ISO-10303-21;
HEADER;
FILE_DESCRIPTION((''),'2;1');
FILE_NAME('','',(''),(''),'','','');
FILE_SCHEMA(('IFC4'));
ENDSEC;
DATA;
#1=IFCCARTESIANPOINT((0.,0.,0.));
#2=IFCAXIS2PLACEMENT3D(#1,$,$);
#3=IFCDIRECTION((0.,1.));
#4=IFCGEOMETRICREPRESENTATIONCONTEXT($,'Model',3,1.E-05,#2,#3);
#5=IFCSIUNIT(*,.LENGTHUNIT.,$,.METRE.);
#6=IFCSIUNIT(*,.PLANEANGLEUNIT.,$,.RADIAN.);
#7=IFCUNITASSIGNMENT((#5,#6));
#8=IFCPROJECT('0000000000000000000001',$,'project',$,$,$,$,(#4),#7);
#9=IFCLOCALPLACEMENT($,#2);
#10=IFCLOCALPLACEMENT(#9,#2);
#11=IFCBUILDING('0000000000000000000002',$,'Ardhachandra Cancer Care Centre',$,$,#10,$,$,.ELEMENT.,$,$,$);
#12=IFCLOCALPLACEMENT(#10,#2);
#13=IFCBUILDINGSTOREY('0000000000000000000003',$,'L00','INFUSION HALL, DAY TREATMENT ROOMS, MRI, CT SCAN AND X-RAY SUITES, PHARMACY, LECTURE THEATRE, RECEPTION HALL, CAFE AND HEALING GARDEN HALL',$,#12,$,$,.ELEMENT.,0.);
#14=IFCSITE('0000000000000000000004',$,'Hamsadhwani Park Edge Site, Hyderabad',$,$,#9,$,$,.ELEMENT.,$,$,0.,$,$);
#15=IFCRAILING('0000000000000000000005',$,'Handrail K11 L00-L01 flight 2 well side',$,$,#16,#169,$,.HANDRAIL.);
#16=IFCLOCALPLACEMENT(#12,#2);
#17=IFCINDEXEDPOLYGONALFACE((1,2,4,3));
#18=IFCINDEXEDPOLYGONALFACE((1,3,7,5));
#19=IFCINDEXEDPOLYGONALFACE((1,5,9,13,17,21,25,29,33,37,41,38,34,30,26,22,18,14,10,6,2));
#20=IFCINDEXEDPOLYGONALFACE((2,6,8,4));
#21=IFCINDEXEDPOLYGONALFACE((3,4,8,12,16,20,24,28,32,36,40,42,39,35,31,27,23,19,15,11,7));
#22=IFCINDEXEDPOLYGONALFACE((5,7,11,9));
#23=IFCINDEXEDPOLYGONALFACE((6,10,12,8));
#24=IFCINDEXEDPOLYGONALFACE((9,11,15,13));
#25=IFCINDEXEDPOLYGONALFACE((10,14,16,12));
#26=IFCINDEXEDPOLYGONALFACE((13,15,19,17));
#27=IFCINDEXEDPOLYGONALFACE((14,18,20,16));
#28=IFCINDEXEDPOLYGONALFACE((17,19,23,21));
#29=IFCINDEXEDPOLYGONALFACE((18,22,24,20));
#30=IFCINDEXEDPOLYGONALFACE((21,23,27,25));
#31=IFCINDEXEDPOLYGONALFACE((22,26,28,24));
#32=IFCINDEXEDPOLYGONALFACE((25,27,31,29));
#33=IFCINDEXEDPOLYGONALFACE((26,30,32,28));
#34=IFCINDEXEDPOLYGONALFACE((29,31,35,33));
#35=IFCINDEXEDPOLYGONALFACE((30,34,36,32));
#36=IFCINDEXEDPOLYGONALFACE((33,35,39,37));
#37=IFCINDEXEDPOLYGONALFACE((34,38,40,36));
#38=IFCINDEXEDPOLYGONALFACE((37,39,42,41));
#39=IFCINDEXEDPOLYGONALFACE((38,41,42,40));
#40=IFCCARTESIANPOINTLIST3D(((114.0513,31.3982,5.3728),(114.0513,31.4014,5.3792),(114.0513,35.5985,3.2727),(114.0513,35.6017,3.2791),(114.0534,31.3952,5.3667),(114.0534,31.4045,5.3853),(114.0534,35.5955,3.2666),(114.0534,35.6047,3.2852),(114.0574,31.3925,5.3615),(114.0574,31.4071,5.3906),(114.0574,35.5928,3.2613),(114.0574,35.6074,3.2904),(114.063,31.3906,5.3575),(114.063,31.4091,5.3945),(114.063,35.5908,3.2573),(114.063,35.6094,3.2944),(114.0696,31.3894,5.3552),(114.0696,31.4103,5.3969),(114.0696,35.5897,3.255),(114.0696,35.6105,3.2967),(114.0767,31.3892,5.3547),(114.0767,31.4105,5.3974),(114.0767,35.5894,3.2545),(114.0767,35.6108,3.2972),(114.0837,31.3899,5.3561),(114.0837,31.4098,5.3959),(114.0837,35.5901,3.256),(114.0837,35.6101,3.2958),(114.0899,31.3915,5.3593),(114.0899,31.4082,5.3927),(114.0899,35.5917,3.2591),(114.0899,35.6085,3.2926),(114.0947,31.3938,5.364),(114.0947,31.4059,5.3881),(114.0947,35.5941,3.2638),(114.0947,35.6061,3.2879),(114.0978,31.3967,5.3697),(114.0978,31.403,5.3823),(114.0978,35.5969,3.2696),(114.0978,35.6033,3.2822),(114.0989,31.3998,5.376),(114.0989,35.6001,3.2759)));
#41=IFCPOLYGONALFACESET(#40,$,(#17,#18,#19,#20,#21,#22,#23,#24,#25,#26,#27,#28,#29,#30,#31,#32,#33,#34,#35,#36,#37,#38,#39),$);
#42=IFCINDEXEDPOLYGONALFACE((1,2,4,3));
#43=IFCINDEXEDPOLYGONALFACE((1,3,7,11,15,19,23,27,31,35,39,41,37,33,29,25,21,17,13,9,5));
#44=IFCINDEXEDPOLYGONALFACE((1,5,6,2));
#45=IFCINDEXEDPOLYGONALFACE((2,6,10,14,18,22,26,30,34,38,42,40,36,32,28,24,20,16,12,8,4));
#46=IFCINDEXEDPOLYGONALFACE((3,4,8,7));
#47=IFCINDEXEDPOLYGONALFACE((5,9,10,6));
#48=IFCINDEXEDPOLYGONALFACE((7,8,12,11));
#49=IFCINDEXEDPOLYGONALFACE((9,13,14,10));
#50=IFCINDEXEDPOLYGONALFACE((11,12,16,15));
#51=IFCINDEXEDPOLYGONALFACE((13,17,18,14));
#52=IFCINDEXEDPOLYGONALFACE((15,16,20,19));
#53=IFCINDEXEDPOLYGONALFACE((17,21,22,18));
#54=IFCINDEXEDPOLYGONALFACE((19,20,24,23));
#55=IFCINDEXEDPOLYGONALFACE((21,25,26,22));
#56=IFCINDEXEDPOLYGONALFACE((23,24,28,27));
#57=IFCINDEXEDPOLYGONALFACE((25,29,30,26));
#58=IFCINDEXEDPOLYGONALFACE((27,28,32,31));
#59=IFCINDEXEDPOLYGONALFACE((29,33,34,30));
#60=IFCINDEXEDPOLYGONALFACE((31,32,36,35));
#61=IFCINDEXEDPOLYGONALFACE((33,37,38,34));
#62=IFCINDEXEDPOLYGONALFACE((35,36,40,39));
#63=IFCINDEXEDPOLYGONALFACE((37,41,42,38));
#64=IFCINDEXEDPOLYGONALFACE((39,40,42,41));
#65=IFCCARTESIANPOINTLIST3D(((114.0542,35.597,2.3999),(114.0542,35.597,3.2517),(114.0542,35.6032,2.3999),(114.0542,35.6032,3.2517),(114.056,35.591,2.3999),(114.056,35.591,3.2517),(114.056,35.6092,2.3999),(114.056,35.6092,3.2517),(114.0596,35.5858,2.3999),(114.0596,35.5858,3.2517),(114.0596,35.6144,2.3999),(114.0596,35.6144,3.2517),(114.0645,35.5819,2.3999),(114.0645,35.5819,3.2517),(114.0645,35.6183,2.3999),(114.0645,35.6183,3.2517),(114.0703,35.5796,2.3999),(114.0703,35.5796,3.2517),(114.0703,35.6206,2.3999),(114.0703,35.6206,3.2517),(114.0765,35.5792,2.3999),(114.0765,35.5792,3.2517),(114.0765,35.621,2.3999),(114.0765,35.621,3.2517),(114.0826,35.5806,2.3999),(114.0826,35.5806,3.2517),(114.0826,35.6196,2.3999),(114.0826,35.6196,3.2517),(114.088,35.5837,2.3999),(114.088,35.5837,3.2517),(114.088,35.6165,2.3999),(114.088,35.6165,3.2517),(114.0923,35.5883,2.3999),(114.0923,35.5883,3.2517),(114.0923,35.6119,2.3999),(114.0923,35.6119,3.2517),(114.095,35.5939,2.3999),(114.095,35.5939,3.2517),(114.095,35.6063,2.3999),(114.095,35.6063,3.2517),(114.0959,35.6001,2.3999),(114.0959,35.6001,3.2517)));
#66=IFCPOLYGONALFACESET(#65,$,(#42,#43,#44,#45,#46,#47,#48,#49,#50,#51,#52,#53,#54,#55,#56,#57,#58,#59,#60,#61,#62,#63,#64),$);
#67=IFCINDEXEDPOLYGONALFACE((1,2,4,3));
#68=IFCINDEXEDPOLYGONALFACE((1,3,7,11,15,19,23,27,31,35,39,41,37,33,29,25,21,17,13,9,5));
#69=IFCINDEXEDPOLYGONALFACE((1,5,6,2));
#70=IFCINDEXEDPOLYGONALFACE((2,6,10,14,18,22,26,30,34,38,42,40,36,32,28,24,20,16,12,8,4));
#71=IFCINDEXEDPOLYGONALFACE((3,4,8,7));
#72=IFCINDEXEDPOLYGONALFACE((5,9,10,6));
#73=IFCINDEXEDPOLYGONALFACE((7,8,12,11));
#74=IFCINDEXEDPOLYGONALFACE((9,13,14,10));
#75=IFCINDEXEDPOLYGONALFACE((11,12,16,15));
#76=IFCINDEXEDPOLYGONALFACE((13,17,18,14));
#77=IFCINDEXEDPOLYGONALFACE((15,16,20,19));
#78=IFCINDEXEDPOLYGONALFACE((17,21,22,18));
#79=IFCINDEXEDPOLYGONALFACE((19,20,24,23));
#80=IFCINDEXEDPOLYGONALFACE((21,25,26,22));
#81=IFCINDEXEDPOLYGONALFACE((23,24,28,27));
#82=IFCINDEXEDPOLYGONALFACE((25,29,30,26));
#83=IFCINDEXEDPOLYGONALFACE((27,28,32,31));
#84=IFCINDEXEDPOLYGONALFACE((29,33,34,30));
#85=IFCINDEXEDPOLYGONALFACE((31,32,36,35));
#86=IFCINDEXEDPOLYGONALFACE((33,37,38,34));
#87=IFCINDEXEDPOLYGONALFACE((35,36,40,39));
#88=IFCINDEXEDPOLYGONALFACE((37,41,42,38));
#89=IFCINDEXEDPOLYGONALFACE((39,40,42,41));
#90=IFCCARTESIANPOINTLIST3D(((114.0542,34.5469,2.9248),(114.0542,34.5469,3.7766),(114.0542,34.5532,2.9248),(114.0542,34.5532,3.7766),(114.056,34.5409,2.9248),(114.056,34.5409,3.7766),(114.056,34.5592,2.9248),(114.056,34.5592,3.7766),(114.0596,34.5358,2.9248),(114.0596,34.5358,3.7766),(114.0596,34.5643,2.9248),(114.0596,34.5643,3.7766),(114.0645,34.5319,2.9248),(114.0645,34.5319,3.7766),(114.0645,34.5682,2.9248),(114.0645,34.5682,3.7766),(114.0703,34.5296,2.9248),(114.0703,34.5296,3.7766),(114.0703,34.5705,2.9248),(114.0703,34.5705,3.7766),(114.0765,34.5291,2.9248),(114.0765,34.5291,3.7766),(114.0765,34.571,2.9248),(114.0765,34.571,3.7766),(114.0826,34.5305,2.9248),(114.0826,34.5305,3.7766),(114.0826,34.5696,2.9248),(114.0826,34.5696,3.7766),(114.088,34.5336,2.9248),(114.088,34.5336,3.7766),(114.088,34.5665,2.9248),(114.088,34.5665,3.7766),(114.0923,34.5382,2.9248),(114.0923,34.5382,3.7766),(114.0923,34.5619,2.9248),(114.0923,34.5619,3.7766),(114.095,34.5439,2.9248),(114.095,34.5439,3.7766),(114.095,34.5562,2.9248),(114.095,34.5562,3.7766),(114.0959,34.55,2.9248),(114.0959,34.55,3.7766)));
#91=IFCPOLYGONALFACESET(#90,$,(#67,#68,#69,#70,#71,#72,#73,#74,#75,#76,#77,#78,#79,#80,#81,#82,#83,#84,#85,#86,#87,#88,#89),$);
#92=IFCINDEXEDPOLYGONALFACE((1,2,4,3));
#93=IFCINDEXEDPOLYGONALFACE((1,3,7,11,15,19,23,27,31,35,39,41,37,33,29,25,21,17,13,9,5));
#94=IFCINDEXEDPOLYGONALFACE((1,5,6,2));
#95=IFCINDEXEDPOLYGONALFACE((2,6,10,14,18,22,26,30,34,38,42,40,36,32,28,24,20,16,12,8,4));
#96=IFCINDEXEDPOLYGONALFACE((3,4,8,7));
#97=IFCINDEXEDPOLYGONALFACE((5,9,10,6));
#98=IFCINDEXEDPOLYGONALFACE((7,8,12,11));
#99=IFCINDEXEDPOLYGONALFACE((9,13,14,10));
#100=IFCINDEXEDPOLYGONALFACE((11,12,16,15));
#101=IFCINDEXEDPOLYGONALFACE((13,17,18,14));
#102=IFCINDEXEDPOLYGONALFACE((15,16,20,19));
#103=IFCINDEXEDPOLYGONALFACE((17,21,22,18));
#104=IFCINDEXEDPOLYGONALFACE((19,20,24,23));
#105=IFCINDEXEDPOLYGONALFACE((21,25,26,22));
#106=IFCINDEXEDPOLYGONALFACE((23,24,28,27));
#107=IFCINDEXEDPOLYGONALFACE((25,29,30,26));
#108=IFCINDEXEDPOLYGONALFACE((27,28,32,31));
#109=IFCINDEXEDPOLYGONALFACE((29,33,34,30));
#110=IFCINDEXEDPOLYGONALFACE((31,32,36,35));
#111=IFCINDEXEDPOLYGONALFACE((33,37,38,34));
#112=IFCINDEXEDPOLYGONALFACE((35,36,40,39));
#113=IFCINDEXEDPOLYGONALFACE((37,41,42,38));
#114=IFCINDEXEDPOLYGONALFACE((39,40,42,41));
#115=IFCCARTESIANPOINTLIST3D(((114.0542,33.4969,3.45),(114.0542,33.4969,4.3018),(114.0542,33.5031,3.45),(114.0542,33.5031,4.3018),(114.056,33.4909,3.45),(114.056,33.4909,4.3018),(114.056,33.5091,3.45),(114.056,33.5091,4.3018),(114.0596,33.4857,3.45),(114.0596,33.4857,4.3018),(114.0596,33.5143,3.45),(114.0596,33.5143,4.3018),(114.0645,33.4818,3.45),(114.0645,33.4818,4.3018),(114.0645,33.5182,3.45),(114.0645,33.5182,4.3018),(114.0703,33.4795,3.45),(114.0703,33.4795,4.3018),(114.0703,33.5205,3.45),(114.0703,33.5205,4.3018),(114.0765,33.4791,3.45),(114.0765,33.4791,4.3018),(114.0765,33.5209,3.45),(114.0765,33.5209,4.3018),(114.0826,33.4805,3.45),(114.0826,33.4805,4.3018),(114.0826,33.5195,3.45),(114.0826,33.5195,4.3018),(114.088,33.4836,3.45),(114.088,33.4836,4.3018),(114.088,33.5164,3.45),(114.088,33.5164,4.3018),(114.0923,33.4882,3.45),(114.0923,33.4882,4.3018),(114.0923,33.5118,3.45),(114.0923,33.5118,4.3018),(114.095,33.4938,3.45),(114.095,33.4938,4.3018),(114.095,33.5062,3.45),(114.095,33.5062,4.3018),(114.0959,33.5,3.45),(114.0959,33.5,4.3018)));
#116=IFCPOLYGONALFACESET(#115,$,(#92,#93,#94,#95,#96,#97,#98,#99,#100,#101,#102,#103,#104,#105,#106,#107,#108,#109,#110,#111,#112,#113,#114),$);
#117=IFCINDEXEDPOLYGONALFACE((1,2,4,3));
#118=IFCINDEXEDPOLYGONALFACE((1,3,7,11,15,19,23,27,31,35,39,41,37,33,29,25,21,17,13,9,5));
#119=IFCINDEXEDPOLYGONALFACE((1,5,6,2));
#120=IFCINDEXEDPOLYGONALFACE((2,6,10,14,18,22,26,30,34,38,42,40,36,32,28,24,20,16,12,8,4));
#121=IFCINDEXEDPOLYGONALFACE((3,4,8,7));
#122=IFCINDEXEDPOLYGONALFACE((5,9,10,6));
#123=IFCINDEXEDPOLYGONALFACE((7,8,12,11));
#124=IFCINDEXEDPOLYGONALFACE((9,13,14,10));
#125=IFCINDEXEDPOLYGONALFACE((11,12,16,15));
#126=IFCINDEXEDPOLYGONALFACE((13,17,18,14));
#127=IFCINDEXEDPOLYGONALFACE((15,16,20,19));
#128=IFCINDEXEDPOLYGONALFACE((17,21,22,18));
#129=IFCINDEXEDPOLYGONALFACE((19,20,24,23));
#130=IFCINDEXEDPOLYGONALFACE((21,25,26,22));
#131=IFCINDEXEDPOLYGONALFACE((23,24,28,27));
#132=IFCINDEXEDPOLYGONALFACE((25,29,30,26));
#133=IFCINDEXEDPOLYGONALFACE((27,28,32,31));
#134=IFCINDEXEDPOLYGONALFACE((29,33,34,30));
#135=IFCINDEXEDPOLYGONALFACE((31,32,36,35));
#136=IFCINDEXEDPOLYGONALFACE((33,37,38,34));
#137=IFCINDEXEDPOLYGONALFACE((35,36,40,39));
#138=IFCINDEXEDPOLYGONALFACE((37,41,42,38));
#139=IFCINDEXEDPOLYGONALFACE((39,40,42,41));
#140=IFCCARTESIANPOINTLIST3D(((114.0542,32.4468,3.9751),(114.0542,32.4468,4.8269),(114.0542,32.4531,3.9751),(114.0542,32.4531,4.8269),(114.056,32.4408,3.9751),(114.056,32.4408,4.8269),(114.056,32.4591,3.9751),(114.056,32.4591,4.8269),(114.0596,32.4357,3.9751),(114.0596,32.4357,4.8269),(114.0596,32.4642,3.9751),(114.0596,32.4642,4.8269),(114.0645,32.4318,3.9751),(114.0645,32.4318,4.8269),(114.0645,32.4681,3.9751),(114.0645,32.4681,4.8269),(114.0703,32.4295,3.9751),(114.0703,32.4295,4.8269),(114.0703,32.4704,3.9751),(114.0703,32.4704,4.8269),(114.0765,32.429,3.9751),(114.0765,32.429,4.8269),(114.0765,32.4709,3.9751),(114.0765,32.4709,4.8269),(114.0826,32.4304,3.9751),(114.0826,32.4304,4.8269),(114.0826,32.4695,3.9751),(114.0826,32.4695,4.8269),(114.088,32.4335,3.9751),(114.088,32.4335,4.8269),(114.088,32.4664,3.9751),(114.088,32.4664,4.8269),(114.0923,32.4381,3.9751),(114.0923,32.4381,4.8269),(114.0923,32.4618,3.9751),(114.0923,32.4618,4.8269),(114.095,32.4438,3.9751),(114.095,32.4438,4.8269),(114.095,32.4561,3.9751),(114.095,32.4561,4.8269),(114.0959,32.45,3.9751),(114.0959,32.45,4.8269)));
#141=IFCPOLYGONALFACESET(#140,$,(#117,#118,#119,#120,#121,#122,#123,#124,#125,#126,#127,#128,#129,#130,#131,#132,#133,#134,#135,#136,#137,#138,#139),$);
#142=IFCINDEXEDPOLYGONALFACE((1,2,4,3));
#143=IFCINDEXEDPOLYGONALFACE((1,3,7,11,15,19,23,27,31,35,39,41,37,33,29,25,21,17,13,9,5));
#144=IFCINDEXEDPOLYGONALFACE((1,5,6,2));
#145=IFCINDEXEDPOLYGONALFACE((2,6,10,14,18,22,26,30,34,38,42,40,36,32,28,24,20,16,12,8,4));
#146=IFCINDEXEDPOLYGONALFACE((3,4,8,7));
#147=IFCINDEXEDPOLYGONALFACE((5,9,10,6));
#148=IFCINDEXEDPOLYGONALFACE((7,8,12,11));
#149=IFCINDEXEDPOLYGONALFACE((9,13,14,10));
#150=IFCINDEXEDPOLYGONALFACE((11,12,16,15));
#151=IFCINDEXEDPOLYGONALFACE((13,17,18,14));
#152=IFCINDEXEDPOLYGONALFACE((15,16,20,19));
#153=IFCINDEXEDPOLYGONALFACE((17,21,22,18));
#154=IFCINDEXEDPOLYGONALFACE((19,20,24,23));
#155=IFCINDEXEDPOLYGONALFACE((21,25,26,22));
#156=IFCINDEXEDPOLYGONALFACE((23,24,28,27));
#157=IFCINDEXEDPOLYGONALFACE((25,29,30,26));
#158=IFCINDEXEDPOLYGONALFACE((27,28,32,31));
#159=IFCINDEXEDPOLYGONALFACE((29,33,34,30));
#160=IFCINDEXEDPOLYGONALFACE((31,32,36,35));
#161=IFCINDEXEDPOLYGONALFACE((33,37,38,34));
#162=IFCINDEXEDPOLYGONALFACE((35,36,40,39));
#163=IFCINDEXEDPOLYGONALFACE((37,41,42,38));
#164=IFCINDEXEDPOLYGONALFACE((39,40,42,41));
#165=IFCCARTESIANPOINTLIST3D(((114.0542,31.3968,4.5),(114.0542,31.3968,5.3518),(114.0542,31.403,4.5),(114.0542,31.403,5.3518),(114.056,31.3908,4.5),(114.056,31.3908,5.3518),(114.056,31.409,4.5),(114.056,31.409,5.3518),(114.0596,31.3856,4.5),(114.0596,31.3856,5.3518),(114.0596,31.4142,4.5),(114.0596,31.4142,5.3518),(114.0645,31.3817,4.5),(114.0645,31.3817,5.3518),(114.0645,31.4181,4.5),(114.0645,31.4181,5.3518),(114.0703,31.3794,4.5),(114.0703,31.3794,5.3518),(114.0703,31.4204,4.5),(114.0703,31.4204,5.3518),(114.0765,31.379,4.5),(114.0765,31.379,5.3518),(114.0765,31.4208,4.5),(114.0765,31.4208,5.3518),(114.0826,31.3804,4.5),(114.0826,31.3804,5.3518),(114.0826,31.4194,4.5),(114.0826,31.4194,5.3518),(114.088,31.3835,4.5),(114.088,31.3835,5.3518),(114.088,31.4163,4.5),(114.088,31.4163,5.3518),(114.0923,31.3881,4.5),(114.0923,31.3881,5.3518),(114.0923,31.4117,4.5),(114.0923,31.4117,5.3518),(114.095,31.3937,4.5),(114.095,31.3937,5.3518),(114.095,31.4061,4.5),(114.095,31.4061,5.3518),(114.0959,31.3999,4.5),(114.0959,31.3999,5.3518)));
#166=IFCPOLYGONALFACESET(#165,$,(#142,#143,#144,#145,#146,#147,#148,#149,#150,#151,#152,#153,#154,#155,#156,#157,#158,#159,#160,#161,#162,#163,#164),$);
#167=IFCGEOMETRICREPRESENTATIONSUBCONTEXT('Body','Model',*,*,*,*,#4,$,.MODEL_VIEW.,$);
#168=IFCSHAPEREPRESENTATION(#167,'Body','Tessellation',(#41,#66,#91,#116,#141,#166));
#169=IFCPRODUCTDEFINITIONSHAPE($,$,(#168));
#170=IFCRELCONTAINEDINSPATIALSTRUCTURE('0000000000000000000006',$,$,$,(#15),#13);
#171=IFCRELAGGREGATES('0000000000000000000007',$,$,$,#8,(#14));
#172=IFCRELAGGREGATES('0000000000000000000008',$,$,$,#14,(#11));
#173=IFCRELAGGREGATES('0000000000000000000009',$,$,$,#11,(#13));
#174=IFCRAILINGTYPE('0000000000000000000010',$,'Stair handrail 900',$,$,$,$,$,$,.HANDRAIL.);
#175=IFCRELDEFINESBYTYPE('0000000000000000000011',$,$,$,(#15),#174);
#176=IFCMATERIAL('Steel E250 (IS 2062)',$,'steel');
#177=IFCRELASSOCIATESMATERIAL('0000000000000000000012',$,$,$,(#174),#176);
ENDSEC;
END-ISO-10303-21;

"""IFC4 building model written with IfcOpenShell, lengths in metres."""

from ifc_helpers import new_model, si_unit, direction, frame, origin, origin_2d, place, context, subcontext, project, spatial, circle, extrude, material, type_object, element, save


model = new_model("IFC4")

# Units and contexts
model_context = context("Model", 3, precision=1e-05, world=origin(), true_north=direction((0.0, 1.0)))
body_context = subcontext(model_context, "Body", "Model", "MODEL_VIEW")
ifc_project = project(units=[si_unit("LENGTHUNIT", "METRE"), si_unit("PLANEANGLEUNIT", "RADIAN")], contexts=[model_context])

# Site, building, storey
site_placement = place(None, origin())
site = spatial("IfcSite", under=ifc_project, at=site_placement, Name="Hamsadhwani Park Edge Site, Hyderabad", CompositionType="ELEMENT", RefElevation=0.0)
building_placement = place(site_placement, origin())
building = spatial("IfcBuilding", under=site, at=building_placement, Name="Ardhachandra Cancer Care Centre", CompositionType="ELEMENT")
storey_placement = place(building_placement, origin())
storey = spatial("IfcBuildingStorey", under=building, at=storey_placement, Name="L00", Description="INFUSION HALL, DAY TREATMENT ROOMS, MRI, CT SCAN AND X-RAY SUITES, PHARMACY, LECTURE THEATRE, RECEPTION HALL, CAFE AND HEALING GARDEN HALL", CompositionType="ELEMENT", Elevation=0.0)

# Railing
ifc_material_1 = material(Name="Steel E250 (IS 2062)", Category="steel")
railing_type_1 = type_object("IfcRailingType", Name="Stair handrail 900", PredefinedType="HANDRAIL", material=ifc_material_1)
for number, where, name in (
    (1, (114.075, 35.6001, 2.3999), "Handrail K11 L00-L01 flight 2 well side"),
):
    element("IfcRailing", number, at=place(storey_placement, frame(where)), inside=storey, type_object=railing_type_1, Name=name, PredefinedType="HANDRAIL", context=body_context, shape_type="SweptSolid", body=[
        extrude(circle(Radius=0.0239, at=origin_2d()), frame((0.0, 0.0, 0.876), z_axis=(0.0, -0.894427, 0.447214), x_axis=(1.0, 0.0, 0.0)), (0.0, 0.0, 1.0), 4.696),
        extrude(circle(Radius=0.021, at=origin_2d()), origin(), (0.0, 0.0, 1.0), 0.8518),
        extrude(circle(Radius=0.021, at=origin_2d()), frame((0.0, -1.05, 0.5249)), (0.0, 0.0, 1.0), 0.8518),
        extrude(circle(Radius=0.021, at=origin_2d()), frame((0.0, -2.1001, 1.05)), (0.0, 0.0, 1.0), 0.8518),
        extrude(circle(Radius=0.021, at=origin_2d()), frame((0.0, -3.1501, 1.5752)), (0.0, 0.0, 1.0), 0.8518),
        extrude(circle(Radius=0.021, at=origin_2d()), frame((0.0, -4.2002, 2.1001)), (0.0, 0.0, 1.0), 0.8518),
    ])

save(model, "model.ifc")
